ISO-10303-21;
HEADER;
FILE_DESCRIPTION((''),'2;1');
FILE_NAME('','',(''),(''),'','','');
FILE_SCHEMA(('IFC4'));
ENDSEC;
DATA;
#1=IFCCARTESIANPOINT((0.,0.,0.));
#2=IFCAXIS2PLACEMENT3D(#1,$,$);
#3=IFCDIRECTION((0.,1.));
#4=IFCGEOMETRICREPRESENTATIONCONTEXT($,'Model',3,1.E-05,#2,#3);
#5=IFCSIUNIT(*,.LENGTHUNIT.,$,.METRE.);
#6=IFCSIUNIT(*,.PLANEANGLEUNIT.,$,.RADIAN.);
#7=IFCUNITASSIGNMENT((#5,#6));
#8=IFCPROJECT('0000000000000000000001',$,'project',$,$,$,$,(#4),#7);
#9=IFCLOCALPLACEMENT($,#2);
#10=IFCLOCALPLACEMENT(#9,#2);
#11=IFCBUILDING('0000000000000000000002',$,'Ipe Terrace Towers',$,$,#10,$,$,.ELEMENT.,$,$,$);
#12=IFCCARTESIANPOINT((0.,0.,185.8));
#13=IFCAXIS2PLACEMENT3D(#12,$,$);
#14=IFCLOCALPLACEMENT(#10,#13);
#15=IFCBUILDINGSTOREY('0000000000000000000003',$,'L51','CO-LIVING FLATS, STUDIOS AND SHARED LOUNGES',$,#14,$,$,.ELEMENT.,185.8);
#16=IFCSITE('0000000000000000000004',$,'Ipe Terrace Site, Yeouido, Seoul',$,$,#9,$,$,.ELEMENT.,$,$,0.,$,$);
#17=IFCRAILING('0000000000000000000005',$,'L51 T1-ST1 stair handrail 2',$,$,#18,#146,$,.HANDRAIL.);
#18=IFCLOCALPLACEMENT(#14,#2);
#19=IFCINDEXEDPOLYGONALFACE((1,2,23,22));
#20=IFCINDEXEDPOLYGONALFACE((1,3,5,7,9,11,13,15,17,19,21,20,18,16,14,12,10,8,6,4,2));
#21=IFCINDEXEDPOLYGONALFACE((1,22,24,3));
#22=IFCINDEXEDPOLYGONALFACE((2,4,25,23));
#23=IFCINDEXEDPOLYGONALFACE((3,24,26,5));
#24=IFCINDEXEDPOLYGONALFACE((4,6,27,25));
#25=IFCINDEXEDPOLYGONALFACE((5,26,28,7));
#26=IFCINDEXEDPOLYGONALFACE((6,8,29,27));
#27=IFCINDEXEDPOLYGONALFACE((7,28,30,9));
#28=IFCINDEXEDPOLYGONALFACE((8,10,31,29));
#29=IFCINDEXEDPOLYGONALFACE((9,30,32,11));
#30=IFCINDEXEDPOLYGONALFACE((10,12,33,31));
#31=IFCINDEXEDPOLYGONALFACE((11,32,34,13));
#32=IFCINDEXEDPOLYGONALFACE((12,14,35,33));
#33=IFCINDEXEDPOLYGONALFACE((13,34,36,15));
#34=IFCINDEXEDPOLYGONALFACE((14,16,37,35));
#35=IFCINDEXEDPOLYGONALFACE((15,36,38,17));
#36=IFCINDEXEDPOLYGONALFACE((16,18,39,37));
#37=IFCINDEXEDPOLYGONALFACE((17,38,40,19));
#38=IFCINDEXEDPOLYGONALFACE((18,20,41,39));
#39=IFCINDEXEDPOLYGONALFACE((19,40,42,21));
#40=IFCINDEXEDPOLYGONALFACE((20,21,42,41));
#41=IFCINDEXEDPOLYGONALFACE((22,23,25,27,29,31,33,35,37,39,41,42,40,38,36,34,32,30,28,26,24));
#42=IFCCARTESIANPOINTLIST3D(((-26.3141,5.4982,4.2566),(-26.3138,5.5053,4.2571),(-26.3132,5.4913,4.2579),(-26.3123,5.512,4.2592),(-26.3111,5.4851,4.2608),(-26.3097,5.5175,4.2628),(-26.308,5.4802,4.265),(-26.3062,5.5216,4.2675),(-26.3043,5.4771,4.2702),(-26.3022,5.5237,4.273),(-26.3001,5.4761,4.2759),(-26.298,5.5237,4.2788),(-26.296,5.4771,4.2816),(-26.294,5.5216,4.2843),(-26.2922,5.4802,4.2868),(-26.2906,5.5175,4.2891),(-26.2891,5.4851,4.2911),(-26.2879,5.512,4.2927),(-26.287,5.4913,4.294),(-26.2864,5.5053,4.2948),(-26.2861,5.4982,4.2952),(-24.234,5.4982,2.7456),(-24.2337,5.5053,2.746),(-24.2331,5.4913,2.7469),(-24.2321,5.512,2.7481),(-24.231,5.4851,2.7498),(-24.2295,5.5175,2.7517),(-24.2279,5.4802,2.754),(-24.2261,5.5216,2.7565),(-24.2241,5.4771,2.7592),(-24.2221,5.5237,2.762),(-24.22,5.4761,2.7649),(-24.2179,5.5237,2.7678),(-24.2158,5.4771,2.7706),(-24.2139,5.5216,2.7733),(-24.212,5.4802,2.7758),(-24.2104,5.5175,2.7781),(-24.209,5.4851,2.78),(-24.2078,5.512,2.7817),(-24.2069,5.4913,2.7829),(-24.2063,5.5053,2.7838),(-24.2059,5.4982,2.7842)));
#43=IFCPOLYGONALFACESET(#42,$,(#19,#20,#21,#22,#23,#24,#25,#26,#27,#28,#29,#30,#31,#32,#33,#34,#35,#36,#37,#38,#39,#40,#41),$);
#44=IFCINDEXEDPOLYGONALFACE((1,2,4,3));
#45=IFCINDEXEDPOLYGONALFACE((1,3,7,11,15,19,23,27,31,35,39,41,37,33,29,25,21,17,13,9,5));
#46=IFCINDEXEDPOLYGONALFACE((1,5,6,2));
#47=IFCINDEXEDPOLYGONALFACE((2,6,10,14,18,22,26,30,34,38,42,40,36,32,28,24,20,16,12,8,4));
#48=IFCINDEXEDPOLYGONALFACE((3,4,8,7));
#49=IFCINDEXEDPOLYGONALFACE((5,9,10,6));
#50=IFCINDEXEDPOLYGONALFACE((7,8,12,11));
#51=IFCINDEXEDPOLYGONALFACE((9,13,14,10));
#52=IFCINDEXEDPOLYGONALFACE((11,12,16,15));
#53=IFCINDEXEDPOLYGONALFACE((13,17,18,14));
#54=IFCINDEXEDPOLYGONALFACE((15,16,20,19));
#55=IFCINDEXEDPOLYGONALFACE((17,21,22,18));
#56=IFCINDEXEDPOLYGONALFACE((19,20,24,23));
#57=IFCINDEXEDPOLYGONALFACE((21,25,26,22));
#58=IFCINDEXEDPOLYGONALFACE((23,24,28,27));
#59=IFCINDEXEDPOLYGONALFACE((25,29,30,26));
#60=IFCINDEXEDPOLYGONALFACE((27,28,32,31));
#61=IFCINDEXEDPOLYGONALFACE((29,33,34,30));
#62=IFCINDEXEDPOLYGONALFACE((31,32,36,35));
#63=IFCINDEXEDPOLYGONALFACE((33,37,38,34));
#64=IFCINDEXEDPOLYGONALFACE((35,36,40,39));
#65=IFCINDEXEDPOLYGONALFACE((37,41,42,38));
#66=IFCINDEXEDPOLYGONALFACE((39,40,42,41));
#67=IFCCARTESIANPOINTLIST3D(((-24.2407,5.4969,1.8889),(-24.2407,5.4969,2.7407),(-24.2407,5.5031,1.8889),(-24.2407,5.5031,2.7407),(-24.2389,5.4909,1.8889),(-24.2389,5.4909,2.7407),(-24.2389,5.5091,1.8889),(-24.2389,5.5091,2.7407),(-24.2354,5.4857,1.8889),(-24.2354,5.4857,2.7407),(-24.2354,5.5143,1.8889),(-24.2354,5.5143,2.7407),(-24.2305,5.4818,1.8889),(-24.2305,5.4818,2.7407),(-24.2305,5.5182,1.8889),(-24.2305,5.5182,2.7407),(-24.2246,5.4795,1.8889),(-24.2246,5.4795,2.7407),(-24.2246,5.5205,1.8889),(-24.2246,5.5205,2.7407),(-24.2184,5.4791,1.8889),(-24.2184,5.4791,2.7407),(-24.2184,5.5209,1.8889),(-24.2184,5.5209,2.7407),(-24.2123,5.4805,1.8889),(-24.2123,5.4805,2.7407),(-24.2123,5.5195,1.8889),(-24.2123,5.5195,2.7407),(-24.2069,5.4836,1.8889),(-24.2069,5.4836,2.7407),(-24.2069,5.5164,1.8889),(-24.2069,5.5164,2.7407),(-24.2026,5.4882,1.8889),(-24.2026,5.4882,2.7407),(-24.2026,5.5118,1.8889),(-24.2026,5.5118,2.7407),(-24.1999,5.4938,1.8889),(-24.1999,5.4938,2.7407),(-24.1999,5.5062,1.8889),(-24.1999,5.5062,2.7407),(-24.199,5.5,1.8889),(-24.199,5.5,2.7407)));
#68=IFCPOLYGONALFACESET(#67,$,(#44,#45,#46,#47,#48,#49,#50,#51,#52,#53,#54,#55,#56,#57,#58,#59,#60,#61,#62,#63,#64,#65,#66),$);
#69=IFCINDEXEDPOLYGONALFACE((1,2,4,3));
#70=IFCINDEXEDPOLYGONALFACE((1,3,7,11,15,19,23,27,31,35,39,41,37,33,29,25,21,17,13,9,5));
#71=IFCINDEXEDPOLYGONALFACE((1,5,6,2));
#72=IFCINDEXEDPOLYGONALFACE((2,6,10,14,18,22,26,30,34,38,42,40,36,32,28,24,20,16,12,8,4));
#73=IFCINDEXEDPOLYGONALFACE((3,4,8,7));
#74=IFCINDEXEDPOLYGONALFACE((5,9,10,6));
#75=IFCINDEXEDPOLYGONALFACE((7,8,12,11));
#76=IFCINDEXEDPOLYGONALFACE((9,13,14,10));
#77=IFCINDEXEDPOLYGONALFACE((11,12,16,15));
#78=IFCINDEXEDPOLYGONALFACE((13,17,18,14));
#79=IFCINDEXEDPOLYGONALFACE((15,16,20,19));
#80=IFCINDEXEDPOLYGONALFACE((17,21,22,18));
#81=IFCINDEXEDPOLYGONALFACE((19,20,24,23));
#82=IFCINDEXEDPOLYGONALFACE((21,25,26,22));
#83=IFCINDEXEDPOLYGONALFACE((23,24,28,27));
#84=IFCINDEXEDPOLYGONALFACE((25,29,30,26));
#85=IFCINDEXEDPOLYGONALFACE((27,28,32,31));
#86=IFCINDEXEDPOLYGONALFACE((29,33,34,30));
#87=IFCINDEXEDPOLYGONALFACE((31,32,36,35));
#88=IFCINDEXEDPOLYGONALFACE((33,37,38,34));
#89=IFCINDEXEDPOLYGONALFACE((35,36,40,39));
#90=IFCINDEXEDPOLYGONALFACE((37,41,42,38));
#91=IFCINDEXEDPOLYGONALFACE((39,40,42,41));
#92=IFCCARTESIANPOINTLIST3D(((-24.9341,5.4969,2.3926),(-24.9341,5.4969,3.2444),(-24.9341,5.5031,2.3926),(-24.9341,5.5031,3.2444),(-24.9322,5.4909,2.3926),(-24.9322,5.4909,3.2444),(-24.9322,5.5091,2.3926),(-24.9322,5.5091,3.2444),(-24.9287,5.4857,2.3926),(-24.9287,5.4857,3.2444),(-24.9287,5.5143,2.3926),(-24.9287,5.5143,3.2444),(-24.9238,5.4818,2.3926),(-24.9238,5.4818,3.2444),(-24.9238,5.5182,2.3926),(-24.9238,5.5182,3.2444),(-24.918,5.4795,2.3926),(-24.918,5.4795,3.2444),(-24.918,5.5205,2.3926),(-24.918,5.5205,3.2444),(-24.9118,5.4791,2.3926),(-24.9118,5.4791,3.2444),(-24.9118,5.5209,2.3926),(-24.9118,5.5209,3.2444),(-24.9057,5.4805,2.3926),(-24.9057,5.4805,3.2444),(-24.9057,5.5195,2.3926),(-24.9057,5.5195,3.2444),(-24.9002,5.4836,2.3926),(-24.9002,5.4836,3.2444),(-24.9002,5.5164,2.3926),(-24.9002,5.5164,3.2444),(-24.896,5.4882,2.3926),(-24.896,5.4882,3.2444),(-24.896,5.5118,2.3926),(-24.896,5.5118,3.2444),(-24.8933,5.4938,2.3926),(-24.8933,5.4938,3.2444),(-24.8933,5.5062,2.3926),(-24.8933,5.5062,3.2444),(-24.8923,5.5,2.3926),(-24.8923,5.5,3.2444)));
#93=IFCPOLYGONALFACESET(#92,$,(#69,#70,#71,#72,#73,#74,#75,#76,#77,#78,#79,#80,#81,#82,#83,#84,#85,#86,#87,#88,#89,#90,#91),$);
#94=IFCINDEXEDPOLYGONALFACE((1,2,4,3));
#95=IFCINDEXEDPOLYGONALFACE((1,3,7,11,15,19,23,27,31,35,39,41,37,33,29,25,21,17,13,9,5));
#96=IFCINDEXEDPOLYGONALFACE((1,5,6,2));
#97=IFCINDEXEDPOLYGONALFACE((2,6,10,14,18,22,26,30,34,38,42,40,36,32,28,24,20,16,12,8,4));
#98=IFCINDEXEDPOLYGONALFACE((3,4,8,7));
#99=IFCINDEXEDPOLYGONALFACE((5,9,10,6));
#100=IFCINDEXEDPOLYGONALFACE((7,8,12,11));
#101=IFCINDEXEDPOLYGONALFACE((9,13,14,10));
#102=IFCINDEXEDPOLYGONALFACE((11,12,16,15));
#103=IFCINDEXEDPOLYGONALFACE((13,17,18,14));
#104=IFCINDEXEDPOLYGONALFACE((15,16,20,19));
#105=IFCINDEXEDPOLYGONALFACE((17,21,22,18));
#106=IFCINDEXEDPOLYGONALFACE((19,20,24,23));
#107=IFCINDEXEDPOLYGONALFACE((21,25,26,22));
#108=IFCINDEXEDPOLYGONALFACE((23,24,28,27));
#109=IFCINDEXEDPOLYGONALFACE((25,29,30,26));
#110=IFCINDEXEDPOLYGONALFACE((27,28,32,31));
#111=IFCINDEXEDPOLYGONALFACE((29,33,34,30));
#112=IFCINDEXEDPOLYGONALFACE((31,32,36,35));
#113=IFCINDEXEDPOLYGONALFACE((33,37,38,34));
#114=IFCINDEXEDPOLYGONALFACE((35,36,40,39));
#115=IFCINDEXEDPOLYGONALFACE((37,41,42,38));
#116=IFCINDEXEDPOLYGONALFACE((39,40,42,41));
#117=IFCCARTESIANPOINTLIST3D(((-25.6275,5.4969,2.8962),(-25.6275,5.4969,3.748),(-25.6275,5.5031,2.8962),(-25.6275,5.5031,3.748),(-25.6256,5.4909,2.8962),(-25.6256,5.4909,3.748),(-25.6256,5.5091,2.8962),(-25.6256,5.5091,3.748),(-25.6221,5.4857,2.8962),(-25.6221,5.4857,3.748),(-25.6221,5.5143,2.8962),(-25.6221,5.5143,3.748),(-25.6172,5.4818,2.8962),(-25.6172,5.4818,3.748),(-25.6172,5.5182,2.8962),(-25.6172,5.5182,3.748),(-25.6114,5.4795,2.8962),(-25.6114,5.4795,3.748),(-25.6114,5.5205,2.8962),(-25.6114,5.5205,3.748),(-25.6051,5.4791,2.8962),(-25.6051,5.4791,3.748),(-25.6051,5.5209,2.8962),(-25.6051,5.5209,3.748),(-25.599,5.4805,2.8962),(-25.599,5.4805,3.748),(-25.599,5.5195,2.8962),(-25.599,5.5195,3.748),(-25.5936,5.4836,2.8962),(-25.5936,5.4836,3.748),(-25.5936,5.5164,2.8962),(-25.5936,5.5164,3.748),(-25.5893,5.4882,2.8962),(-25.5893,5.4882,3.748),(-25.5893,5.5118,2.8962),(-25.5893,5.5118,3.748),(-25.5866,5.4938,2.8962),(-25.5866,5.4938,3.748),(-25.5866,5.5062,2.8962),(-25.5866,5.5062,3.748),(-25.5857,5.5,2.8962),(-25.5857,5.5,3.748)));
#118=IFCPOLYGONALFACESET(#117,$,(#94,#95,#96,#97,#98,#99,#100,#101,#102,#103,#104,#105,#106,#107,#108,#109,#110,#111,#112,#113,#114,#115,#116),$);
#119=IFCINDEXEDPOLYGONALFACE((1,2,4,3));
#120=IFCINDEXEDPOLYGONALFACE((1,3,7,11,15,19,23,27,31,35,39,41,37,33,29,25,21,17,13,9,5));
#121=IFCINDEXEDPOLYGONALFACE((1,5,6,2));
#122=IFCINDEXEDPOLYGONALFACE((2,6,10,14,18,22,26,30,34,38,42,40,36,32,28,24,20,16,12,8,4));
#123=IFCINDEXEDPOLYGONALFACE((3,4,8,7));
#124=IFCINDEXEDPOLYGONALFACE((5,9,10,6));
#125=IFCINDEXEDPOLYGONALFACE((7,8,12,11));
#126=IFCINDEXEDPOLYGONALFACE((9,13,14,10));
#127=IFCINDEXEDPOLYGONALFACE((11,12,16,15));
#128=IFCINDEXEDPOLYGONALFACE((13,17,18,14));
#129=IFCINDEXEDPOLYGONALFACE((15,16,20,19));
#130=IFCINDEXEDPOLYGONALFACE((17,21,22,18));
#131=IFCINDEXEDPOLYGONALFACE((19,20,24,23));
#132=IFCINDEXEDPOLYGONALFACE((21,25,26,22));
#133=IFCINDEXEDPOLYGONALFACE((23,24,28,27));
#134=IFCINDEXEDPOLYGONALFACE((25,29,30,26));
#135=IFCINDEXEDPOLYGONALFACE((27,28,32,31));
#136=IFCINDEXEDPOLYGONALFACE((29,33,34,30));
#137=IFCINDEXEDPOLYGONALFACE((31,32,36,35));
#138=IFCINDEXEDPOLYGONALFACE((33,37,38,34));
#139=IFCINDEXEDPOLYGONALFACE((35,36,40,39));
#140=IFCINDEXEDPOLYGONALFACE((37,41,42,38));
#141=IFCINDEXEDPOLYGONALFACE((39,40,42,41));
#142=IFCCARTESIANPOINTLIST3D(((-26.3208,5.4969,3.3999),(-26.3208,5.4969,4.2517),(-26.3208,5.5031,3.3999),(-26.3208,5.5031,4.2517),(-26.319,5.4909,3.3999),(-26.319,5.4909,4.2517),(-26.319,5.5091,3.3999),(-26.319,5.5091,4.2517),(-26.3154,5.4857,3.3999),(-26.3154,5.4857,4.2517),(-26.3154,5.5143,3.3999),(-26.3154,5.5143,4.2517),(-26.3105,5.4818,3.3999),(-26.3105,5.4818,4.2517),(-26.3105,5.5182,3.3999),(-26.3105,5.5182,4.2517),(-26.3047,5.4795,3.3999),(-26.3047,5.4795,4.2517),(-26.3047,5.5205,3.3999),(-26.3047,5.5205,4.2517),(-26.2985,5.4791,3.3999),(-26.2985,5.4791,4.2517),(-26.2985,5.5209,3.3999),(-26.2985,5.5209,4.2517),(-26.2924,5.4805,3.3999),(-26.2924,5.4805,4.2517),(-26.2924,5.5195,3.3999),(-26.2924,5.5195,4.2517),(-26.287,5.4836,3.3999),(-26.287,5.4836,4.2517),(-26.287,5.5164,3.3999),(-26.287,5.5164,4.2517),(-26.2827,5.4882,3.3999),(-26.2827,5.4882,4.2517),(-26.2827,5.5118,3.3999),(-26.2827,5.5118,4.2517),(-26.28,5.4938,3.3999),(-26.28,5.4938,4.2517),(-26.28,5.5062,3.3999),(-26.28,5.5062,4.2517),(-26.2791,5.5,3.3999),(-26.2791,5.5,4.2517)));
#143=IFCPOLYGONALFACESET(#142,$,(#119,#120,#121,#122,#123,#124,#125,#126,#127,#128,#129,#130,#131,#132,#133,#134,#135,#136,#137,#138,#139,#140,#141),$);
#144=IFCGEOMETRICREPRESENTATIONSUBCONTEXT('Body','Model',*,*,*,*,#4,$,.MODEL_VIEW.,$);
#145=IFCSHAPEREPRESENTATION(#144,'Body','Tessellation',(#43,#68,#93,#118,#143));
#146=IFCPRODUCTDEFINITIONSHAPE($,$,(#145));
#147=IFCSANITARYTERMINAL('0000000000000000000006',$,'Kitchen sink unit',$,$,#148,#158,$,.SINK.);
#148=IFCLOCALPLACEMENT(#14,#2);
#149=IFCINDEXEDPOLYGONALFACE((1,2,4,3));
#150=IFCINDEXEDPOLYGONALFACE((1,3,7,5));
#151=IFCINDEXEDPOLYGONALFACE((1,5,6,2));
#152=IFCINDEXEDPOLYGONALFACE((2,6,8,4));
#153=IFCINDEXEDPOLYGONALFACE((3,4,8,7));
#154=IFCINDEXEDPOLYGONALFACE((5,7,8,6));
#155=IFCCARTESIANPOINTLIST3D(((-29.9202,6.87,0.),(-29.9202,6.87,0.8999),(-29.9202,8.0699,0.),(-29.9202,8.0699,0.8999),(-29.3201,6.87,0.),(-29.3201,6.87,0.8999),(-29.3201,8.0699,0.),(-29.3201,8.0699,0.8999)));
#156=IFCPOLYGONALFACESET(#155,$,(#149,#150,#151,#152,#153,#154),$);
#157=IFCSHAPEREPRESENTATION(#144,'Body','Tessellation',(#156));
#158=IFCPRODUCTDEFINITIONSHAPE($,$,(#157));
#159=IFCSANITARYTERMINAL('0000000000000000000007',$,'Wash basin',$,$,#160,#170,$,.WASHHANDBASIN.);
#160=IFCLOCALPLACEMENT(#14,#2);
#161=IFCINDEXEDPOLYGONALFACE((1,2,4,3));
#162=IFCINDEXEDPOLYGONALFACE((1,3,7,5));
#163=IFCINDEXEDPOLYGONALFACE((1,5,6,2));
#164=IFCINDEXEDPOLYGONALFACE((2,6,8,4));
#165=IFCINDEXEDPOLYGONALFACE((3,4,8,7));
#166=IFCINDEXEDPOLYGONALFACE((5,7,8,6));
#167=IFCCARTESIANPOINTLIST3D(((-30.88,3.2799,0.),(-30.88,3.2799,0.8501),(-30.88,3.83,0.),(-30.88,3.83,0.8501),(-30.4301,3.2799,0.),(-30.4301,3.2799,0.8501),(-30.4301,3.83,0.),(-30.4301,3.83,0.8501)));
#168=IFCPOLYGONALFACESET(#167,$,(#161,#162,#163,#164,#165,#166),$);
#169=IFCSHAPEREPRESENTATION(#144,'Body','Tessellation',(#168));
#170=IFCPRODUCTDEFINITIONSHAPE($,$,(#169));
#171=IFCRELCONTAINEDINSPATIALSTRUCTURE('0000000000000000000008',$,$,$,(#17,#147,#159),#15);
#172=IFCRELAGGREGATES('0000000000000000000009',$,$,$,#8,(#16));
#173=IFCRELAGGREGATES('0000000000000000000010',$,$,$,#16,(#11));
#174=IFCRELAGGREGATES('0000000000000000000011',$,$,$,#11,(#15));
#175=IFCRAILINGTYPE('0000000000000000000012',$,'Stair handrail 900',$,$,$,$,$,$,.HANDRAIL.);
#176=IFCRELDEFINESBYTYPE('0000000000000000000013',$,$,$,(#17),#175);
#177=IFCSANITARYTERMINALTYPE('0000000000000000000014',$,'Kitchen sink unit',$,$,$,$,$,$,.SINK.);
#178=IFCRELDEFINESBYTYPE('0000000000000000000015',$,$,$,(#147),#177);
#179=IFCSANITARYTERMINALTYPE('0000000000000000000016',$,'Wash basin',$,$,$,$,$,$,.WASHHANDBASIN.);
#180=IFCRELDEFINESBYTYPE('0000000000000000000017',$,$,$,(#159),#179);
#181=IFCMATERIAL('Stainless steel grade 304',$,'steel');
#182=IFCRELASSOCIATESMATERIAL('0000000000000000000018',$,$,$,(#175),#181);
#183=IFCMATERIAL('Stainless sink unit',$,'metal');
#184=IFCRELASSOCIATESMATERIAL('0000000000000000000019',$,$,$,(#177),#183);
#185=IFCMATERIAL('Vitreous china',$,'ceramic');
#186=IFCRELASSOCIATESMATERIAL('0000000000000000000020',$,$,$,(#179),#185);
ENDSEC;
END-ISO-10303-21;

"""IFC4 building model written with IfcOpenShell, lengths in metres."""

from ifc_helpers import new_model, si_unit, direction, frame, origin, origin_2d, place, context, subcontext, project, spatial, rectangle, circle, extrude, material, type_object, element, save


model = new_model("IFC4")

# Units and contexts
model_context = context("Model", 3, precision=1e-05, world=origin(), true_north=direction((0.0, 1.0)))
body_context = subcontext(model_context, "Body", "Model", "MODEL_VIEW")
ifc_project = project(units=[si_unit("LENGTHUNIT", "METRE"), si_unit("PLANEANGLEUNIT", "RADIAN")], contexts=[model_context])

# Site, building, storey
site_placement = place(None, origin())
site = spatial("IfcSite", under=ifc_project, at=site_placement, Name="Ipe Terrace Site, Yeouido, Seoul", CompositionType="ELEMENT", RefElevation=0.0)
building_placement = place(site_placement, origin())
building = spatial("IfcBuilding", under=site, at=building_placement, Name="Ipe Terrace Towers", CompositionType="ELEMENT")
storey_placement = place(building_placement, frame((0.0, 0.0, 185.8)))
storey = spatial("IfcBuildingStorey", under=building, at=storey_placement, Name="L51", Description="CO-LIVING FLATS, STUDIOS AND SHARED LOUNGES", CompositionType="ELEMENT", Elevation=185.8)

# Railing
ifc_material_1 = material(Name="Stainless steel grade 304", Category="steel")
railing_type_1 = type_object("IfcRailingType", Name="Stair handrail 900", PredefinedType="HANDRAIL", material=ifc_material_1)
railing_1_placement = place(storey_placement, frame((-24.22, 5.5, 1.8889)))
element("IfcRailing", 1, at=railing_1_placement, inside=storey, type_object=railing_type_1, Name="L51 T1-ST1 stair handrail 2", PredefinedType="HANDRAIL", context=body_context, shape_type="SweptSolid", body=[
    extrude(circle(Radius=0.0239, at=origin_2d()), frame((0.0, 0.0, 0.876), z_axis=(-0.809069, 0.0, 0.587714), x_axis=(0.0, -1.0, 0.0)), (0.0, 0.0, 1.0), 2.571),
    extrude(circle(Radius=0.021, at=origin_2d()), origin(), (0.0, 0.0, 1.0), 0.8518),
    extrude(circle(Radius=0.021, at=origin_2d()), frame((-0.6934, 0.0, 0.5037)), (0.0, 0.0, 1.0), 0.8518),
    extrude(circle(Radius=0.021, at=origin_2d()), frame((-1.3867, 0.0, 1.0073)), (0.0, 0.0, 1.0), 0.8518),
    extrude(circle(Radius=0.021, at=origin_2d()), frame((-2.0801, 0.0, 1.511)), (0.0, 0.0, 1.0), 0.8518),
])

# Sanitary terminals
ifc_material_2 = material(Name="Stainless sink unit", Category="metal")
sanitary_terminal_type_1 = type_object("IfcSanitaryTerminalType", Name="Kitchen sink unit", PredefinedType="SINK", material=ifc_material_2)
sanitary_terminal_1_placement = place(storey_placement, frame((-29.6201, 7.47, 0.0), z_axis=(0.0, 0.0, 1.0), x_axis=(0.0, -1.0, 0.0)))
element("IfcSanitaryTerminal", 2, at=sanitary_terminal_1_placement, inside=storey, type_object=sanitary_terminal_type_1, Name="Kitchen sink unit", PredefinedType="SINK", context=body_context, shape_type="SweptSolid", body=[
    extrude(rectangle(XDim=1.2, YDim=0.6001, at=origin_2d()), origin(), (0.0, 0.0, 1.0), 0.8999),
])
ifc_material_3 = material(Name="Vitreous china", Category="ceramic")
sanitary_terminal_type_2 = type_object("IfcSanitaryTerminalType", Name="Wash basin", PredefinedType="WASHHANDBASIN", material=ifc_material_3)
sanitary_terminal_2_placement = place(storey_placement, frame((-30.655, 3.5549, 0.0), z_axis=(0.0, 0.0, 1.0), x_axis=(0.0, -1.0, 0.0)))
element("IfcSanitaryTerminal", 3, at=sanitary_terminal_2_placement, inside=storey, type_object=sanitary_terminal_type_2, Name="Wash basin", PredefinedType="WASHHANDBASIN", context=body_context, shape_type="SweptSolid", body=[
    extrude(rectangle(XDim=0.55, YDim=0.45, at=origin_2d()), origin(), (0.0, 0.0, 1.0), 0.8501),
])

save(model, "model.ifc")
